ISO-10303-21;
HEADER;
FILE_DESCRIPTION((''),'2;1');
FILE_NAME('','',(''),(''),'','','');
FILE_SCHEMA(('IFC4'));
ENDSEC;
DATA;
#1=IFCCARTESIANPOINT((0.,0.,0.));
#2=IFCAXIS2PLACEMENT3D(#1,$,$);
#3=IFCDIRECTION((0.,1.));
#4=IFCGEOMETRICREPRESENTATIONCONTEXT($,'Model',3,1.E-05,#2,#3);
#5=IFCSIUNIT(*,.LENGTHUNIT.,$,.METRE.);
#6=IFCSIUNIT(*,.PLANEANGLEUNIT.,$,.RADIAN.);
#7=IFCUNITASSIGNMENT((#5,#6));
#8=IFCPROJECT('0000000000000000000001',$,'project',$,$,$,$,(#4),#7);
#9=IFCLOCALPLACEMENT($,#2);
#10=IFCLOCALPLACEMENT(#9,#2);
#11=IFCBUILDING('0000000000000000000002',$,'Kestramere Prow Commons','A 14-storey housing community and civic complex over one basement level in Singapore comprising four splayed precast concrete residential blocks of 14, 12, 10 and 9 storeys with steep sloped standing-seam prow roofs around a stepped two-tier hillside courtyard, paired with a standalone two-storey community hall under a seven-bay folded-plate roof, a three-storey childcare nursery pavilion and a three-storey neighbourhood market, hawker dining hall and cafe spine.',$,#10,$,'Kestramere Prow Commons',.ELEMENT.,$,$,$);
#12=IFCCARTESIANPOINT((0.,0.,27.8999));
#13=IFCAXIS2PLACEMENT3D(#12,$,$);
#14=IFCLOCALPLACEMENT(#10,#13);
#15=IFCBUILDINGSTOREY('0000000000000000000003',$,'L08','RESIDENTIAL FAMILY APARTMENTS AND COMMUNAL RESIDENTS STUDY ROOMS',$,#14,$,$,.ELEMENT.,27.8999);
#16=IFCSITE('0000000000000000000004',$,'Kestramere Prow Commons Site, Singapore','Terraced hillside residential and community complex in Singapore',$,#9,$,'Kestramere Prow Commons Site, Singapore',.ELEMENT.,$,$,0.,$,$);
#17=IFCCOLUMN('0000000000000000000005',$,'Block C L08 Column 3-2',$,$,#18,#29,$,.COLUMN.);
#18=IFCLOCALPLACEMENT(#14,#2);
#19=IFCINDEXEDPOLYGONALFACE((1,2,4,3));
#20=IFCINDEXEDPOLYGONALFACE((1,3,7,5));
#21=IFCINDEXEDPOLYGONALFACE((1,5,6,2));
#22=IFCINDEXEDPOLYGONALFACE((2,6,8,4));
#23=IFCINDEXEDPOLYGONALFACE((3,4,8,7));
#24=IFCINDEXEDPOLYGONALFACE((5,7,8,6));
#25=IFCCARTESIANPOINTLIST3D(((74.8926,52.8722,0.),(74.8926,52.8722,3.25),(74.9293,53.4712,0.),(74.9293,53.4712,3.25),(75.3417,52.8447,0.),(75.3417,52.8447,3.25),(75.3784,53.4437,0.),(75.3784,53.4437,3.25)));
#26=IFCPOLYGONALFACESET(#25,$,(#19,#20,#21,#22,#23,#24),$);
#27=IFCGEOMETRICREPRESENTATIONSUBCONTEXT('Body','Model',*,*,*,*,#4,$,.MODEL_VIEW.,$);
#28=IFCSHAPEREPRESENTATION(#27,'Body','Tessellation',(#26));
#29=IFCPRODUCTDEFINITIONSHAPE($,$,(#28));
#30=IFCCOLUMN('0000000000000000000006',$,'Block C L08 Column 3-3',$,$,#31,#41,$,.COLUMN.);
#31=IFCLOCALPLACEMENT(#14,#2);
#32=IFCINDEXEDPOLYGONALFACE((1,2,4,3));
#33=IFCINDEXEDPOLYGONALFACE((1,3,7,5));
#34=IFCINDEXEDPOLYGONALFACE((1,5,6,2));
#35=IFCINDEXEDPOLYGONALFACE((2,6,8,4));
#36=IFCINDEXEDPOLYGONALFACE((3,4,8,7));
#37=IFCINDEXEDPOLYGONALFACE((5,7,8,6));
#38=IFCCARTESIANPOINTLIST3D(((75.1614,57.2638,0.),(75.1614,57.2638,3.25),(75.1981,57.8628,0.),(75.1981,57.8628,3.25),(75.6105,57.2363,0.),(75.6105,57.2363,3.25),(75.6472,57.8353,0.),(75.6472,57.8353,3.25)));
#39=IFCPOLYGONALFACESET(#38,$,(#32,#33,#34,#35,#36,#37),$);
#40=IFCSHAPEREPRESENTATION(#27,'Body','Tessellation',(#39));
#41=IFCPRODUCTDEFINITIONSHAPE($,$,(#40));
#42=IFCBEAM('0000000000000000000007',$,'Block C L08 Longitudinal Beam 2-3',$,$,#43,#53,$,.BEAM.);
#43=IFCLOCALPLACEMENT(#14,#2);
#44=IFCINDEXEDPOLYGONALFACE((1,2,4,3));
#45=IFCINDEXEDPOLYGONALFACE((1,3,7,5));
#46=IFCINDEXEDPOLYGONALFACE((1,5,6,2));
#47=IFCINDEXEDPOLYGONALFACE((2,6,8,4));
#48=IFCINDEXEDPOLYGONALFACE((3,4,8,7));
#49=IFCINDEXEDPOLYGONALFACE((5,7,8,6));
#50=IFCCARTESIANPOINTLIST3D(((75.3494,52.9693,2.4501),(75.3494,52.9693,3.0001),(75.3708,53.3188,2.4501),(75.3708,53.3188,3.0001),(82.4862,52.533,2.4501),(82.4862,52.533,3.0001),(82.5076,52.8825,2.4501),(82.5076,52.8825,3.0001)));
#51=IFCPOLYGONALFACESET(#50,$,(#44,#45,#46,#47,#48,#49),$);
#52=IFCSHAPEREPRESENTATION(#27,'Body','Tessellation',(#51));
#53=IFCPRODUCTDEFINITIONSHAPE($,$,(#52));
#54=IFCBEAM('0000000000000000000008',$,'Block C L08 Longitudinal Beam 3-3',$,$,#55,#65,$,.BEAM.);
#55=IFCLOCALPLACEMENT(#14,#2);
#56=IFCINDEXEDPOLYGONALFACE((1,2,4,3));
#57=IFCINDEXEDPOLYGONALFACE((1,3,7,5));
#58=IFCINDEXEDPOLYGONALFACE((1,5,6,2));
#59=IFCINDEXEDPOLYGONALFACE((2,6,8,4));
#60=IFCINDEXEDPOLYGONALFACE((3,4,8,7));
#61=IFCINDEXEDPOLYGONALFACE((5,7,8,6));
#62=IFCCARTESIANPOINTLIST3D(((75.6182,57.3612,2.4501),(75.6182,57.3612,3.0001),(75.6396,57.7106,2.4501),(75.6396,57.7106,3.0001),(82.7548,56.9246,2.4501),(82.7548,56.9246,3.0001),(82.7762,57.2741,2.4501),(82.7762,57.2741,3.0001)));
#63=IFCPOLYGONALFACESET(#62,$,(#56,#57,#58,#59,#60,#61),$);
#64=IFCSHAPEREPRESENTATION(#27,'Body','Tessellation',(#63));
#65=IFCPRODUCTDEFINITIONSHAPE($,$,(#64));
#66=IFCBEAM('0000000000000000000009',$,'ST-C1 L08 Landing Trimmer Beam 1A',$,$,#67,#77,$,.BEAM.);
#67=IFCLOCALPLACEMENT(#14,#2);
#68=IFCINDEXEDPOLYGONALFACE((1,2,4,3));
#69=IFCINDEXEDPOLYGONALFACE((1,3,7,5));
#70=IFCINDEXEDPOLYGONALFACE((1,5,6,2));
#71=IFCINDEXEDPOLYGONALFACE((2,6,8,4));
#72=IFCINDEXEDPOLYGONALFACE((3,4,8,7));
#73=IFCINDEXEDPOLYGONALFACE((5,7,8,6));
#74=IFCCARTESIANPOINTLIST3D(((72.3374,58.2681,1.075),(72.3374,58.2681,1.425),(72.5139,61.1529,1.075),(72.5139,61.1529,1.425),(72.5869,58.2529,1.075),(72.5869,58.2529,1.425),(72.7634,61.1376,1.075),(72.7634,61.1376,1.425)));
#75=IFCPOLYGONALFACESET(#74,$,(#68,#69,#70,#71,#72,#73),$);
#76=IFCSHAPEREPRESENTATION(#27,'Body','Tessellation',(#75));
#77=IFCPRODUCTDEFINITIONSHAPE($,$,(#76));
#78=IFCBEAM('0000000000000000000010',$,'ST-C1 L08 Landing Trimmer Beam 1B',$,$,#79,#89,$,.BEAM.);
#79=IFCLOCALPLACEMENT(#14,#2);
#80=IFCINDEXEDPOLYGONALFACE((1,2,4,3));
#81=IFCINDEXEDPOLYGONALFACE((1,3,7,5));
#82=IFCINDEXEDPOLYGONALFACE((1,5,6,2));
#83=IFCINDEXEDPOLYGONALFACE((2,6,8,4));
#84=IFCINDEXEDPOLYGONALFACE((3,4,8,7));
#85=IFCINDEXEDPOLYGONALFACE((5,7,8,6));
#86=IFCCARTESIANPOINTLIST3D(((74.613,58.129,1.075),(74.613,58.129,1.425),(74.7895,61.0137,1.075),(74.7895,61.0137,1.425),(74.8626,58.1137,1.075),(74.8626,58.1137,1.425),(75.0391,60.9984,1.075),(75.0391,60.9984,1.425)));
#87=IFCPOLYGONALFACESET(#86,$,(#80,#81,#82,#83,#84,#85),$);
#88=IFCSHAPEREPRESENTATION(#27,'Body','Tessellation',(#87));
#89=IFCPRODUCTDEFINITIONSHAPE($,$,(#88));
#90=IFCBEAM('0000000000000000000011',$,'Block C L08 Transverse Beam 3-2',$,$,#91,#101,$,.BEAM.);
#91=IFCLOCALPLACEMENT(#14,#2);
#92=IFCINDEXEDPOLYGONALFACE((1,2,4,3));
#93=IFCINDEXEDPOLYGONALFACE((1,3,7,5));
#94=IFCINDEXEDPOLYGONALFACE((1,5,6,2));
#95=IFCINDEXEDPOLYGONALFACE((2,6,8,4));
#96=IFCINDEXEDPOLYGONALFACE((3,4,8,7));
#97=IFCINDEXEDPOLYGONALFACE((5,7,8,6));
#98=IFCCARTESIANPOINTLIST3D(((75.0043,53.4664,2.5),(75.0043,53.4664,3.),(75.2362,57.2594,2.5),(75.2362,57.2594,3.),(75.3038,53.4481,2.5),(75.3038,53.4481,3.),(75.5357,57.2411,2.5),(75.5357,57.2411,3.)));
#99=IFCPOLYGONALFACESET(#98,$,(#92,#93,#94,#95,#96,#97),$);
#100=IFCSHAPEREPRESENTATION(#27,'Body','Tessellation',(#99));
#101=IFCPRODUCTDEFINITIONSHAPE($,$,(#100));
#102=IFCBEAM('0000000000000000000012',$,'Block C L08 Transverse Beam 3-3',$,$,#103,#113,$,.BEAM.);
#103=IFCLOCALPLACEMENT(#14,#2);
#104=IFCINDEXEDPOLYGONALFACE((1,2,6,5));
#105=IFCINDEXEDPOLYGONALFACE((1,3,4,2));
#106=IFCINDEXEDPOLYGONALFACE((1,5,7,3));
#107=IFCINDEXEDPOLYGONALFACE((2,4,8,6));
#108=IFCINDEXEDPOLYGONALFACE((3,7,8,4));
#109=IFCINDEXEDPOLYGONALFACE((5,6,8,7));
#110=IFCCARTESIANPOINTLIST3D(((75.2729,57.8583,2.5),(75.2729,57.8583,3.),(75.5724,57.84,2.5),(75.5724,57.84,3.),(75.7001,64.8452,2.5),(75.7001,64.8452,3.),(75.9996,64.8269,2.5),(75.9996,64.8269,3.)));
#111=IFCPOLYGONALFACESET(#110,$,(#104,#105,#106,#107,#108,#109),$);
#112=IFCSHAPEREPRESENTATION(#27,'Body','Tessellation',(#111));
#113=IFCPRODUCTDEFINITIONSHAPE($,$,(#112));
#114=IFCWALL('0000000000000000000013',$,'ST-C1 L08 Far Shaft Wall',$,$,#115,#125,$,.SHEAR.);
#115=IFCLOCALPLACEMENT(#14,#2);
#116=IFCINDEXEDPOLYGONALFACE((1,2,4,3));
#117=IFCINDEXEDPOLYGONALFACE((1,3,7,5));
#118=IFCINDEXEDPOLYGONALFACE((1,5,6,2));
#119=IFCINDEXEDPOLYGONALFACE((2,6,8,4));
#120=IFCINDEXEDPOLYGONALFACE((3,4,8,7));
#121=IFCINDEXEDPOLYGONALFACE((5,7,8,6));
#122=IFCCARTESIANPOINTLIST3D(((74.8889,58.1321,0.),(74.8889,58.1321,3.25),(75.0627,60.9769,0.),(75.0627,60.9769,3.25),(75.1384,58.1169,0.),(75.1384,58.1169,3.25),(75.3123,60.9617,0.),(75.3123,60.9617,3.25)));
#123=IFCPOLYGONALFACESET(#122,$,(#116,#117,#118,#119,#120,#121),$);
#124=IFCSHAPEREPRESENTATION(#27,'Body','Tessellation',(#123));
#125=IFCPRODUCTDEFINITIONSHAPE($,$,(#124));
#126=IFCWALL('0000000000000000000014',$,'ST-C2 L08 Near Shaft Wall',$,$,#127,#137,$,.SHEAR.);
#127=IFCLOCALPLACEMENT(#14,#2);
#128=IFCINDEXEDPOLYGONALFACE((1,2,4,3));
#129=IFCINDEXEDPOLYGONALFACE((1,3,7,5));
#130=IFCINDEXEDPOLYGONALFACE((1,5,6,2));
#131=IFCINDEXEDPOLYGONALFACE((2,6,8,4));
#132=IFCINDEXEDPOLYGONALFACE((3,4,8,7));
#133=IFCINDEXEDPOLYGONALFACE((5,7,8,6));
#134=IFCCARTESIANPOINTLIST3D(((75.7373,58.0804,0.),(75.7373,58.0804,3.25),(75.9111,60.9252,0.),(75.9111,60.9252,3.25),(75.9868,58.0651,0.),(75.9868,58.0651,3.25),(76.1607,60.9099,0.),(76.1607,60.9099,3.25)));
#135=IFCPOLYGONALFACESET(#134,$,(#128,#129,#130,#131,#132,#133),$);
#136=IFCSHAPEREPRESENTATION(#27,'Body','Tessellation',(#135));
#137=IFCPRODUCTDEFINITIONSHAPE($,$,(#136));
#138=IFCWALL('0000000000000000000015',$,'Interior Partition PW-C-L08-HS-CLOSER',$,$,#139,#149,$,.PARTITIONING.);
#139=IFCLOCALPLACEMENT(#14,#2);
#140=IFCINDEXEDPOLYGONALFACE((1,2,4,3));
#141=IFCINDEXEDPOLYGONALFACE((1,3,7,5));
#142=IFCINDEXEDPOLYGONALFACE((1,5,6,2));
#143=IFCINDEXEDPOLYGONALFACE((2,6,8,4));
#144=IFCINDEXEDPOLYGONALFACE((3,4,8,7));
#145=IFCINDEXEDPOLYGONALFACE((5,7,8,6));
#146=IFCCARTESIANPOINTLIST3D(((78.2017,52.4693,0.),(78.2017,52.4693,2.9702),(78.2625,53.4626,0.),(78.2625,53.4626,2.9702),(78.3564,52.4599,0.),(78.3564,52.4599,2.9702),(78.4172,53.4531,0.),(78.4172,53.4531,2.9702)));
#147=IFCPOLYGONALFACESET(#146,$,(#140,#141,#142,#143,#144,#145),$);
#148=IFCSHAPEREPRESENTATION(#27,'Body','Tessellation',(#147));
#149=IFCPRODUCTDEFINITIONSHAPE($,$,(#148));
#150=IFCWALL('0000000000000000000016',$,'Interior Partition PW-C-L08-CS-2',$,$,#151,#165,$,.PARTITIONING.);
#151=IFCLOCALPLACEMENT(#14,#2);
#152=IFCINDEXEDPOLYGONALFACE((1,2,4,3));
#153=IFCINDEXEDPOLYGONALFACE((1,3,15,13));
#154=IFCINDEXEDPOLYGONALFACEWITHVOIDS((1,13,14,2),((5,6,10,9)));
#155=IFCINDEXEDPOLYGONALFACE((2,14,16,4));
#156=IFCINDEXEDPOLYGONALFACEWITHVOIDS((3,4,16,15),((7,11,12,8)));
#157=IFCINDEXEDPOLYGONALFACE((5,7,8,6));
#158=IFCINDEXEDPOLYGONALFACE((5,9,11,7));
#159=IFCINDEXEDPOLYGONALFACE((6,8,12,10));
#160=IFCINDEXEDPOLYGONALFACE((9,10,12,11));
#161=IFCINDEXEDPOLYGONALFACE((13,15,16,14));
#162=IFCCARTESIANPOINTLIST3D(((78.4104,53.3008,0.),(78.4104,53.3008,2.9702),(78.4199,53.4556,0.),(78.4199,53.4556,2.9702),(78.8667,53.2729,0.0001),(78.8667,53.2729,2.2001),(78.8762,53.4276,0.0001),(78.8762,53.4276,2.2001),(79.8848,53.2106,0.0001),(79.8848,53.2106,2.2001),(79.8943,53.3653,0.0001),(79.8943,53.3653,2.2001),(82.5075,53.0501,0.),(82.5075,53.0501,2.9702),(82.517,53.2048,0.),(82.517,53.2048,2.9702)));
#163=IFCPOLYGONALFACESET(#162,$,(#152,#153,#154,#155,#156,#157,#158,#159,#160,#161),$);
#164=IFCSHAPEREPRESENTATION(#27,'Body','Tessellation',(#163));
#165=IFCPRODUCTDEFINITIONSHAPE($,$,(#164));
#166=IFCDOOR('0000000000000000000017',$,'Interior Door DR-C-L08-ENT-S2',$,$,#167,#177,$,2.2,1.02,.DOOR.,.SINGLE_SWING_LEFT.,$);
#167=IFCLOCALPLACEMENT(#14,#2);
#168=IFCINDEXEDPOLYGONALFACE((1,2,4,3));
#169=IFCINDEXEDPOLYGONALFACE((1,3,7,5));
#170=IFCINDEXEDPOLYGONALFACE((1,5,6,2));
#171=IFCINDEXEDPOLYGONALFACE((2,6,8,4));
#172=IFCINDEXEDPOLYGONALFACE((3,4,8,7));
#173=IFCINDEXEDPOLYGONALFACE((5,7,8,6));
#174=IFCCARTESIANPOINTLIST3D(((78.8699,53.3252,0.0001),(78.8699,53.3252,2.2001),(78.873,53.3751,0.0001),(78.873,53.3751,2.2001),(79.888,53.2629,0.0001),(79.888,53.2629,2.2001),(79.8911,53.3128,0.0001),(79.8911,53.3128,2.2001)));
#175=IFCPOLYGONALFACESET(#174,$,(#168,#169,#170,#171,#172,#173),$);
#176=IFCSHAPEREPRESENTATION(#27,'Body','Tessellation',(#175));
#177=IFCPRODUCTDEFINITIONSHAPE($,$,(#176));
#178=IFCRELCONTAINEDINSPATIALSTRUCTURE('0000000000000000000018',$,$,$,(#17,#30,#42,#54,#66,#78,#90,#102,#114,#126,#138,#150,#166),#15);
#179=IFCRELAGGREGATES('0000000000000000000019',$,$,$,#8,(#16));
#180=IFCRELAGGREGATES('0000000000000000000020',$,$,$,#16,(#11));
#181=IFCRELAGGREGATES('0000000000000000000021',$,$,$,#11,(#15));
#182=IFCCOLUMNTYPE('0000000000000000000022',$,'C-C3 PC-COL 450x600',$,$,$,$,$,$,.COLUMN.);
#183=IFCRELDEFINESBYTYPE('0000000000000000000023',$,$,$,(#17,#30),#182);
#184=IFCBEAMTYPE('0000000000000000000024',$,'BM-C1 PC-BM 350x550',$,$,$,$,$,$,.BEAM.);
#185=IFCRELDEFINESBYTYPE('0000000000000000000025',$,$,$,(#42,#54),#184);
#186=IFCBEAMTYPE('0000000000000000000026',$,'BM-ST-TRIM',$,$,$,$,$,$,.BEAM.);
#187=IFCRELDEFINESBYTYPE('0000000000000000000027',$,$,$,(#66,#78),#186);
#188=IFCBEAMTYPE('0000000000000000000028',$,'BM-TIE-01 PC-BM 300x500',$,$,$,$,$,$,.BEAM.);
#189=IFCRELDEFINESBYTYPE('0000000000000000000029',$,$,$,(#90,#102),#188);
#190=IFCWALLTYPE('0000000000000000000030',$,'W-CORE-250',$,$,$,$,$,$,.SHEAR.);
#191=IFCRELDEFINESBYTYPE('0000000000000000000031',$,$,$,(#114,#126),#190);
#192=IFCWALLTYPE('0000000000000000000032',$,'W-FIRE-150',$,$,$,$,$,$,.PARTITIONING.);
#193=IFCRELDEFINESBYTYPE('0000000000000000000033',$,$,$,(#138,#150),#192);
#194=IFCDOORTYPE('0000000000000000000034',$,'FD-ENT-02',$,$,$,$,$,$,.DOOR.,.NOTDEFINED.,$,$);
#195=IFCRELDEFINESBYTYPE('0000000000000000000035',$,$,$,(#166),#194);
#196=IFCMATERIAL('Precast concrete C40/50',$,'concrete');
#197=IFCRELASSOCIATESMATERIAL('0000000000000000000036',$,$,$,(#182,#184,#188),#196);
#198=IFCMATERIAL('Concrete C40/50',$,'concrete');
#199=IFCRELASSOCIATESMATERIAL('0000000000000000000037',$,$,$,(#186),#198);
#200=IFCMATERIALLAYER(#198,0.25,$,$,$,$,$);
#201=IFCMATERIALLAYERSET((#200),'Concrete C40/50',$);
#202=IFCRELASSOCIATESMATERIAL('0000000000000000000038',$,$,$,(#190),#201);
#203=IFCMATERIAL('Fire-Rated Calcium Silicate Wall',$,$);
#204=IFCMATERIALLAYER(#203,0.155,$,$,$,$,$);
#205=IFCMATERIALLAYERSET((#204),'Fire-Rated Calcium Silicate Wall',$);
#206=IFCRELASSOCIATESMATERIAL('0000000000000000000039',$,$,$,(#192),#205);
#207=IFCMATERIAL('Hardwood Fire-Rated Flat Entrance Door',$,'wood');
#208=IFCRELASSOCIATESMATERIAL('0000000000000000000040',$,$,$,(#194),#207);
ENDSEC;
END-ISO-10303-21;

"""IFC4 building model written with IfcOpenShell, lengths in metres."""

from ifc_helpers import new_model, si_unit, direction, frame, frame_2d, origin, origin_2d, place, context, subcontext, project, spatial, rectangle, extrude, material, layer, layer_set, material_profile, profile_set, type_object, element, fill, save


model = new_model("IFC4")

# Units and contexts
model_context = context("Model", 3, precision=1e-05, world=origin(), true_north=direction((0.0, 1.0)))
body_context = subcontext(model_context, "Body", "Model", "MODEL_VIEW")
ifc_project = project(units=[si_unit("LENGTHUNIT", "METRE"), si_unit("PLANEANGLEUNIT", "RADIAN")], contexts=[model_context])

# Site, building, storey
site_placement = place(None, origin())
site = spatial("IfcSite", under=ifc_project, at=site_placement, Name="Kestramere Prow Commons Site, Singapore", Description="Terraced hillside residential and community complex in Singapore", LongName="Kestramere Prow Commons Site, Singapore", CompositionType="ELEMENT", RefElevation=0.0)
building_placement = place(site_placement, origin())
building = spatial("IfcBuilding", under=site, at=building_placement, Name="Kestramere Prow Commons", Description="A 14-storey housing community and civic complex over one basement level in Singapore comprising four splayed precast concrete residential blocks of 14, 12, 10 and 9 storeys with steep sloped standing-seam prow roofs around a stepped two-tier hillside courtyard, paired with a standalone two-storey community hall under a seven-bay folded-plate roof, a three-storey childcare nursery pavilion and a three-storey neighbourhood market, hawker dining hall and cafe spine.", LongName="Kestramere Prow Commons", CompositionType="ELEMENT")
storey_placement = place(building_placement, frame((0.0, 0.0, 27.8999)))
storey = spatial("IfcBuildingStorey", under=building, at=storey_placement, Name="L08", Description="RESIDENTIAL FAMILY APARTMENTS AND COMMUNAL RESIDENTS STUDY ROOMS", CompositionType="ELEMENT", Elevation=27.8999)

# Columns
ifc_material_1 = material(Name="Precast concrete C40/50", Category="concrete")
ifc_material_profile_1 = material_profile(ifc_material_1, rectangle(XDim=0.45, YDim=0.6001, at=origin_2d()), Name="PC-COL 450x600")
ifc_profile_set_1 = profile_set([ifc_material_profile_1], Name="Precast concrete C40/50")
column_type = type_object("IfcColumnType", Name="C-C3 PC-COL 450x600", PredefinedType="COLUMN", material=ifc_profile_set_1)
for number, where, z_axis, x_axis, name in (
    (1, (75.1355, 53.158, 0.0), (0.0, 0.0, 1.0), (0.998135, -0.061049, 0.0), "Block C L08 Column 3-2"),
    (2, (75.4043, 57.5496, 0.0), (0.0, 0.0, 1.0), (0.998135, -0.061049, 0.0), "Block C L08 Column 3-3"),
):
    element("IfcColumn", number, at=place(storey_placement, frame(where, z_axis=z_axis, x_axis=x_axis)), inside=storey, type_object=column_type, Name=name, PredefinedType="COLUMN", context=body_context, shape_type="SweptSolid", body=[
        extrude(rectangle(XDim=0.45, YDim=0.6001, at=origin_2d()), origin(), (0.0, 0.0, 1.0), 3.25),
    ])

# Beams
ifc_material_profile_2 = material_profile(ifc_material_1, rectangle(XDim=0.3501, YDim=0.55, at=origin_2d()), Name="PC-BM 350x550")
ifc_profile_set_2 = profile_set([ifc_material_profile_2], Name="Precast concrete C40/50")
beam_type_1 = type_object("IfcBeamType", Name="BM-C1 PC-BM 350x550", PredefinedType="BEAM", material=ifc_profile_set_2)
beam_1_placement = place(storey_placement, frame((75.3601, 53.144, 2.7251), z_axis=(0.998137, -0.061018, 0.0), x_axis=(0.061018, 0.998137, 0.0)))
element("IfcBeam", 3, at=beam_1_placement, inside=storey, type_object=beam_type_1, Name="Block C L08 Longitudinal Beam 2-3", PredefinedType="BEAM", context=body_context, shape_type="SweptSolid", body=[
    extrude(rectangle(XDim=0.3501, YDim=0.55, at=origin_2d()), origin(), (0.0, 0.0, 1.0), 7.1501),
])
beam_2_placement = place(storey_placement, frame((75.6289, 57.5359, 2.7251), z_axis=(0.998134, -0.061054, 0.0), x_axis=(0.061054, 0.998134, 0.0)))
element("IfcBeam", 4, at=beam_2_placement, inside=storey, type_object=beam_type_1, Name="Block C L08 Longitudinal Beam 3-3", PredefinedType="BEAM", context=body_context, shape_type="SweptSolid", body=[
    extrude(rectangle(XDim=0.3501, YDim=0.55, at=origin_2d()), origin(), (0.0, 0.0, 1.0), 7.1499),
])
ifc_material_2 = material(Name="Concrete C40/50", Category="concrete")
ifc_material_profile_3 = material_profile(ifc_material_2, rectangle(XDim=0.25, YDim=0.3501, at=origin_2d()), Name="PC-BM 250x350")
ifc_profile_set_3 = profile_set([ifc_material_profile_3], Name="Concrete C40/50")
beam_type_2 = type_object("IfcBeamType", Name="BM-ST-TRIM", PredefinedType="BEAM", material=ifc_profile_set_3)
for number, where, z_axis, x_axis, name in (
    (5, (72.4622, 58.2605, 1.25), (0.061074, 0.998133, 0.0), (-0.998133, 0.061074, 0.0), "ST-C1 L08 Landing Trimmer Beam 1A"),
    (6, (74.7378, 58.1213, 1.25), (0.061074, 0.998133, 0.0), (-0.998133, 0.061074, 0.0), "ST-C1 L08 Landing Trimmer Beam 1B"),
):
    element("IfcBeam", number, at=place(storey_placement, frame(where, z_axis=z_axis, x_axis=x_axis)), inside=storey, type_object=beam_type_2, Name=name, PredefinedType="BEAM", context=body_context, shape_type="SweptSolid", body=[
        extrude(rectangle(XDim=0.25, YDim=0.3501, at=origin_2d()), origin(), (0.0, 0.0, 1.0), 2.8901),
    ])
ifc_material_profile_4 = material_profile(ifc_material_1, rectangle(XDim=0.3, YDim=0.5, at=origin_2d()), Name="PC-BM 300x500")
ifc_profile_set_4 = profile_set([ifc_material_profile_4], Name="Precast concrete C40/50")
beam_type_3 = type_object("IfcBeamType", Name="BM-TIE-01 PC-BM 300x500", PredefinedType="BEAM", material=ifc_profile_set_4)
beam_3_placement = place(storey_placement, frame((75.1541, 53.4573, 2.75), z_axis=(0.061034, 0.998136, 0.0), x_axis=(-0.998136, 0.061034, 0.0)))
element("IfcBeam", 7, at=beam_3_placement, inside=storey, type_object=beam_type_3, Name="Block C L08 Transverse Beam 3-2", PredefinedType="BEAM", context=body_context, shape_type="SweptSolid", body=[
    extrude(rectangle(XDim=0.3, YDim=0.5, at=origin_2d()), origin(), (0.0, 0.0, 1.0), 3.8),
])
beam_4_placement = place(storey_placement, frame((75.4226, 57.8491, 2.75), z_axis=(0.061034, 0.998136, 0.0), x_axis=(-0.998136, 0.061034, 0.0)))
element("IfcBeam", 8, at=beam_4_placement, inside=storey, type_object=beam_type_3, Name="Block C L08 Transverse Beam 3-3", PredefinedType="BEAM", context=body_context, shape_type="SweptSolid", body=[
    extrude(rectangle(XDim=0.3, YDim=0.5, at=origin_2d()), origin(), (0.0, 0.0, 1.0), 7.0),
])

# Wall
ifc_layer_1 = layer(ifc_material_2, 0.25)
ifc_layer_set_1 = layer_set([ifc_layer_1], Name="Concrete C40/50")
wall_type_1 = type_object("IfcWallType", Name="W-CORE-250", PredefinedType="SHEAR", material=ifc_layer_set_1)
wall_1_placement = place(storey_placement, frame((75.0137, 58.1245, 0.0), z_axis=(0.0, 0.0, 1.0), x_axis=(0.060992, 0.998138, 0.0)))
element("IfcWall", 9, at=wall_1_placement, inside=storey, type_object=wall_type_1, Name="ST-C1 L08 Far Shaft Wall", PredefinedType="SHEAR", context=body_context, shape_type="SweptSolid", body=[
    extrude(rectangle(XDim=2.8501, YDim=0.25, at=frame_2d((1.425, 0.0))), origin(), (0.0, 0.0, 1.0), 3.25),
])

# Walls
wall_2_placement = place(storey_placement, frame((75.8621, 58.0728, 0.0), z_axis=(0.0, 0.0, 1.0), x_axis=(0.060992, 0.998138, 0.0)))
element("IfcWall", 10, at=wall_2_placement, inside=storey, type_object=wall_type_1, Name="ST-C2 L08 Near Shaft Wall", PredefinedType="SHEAR", context=body_context, shape_type="SweptSolid", body=[
    extrude(rectangle(XDim=2.8501, YDim=0.25, at=frame_2d((1.425, 0.0))), origin(), (0.0, 0.0, 1.0), 3.25),
])
ifc_material_3 = material(Name="Fire-Rated Calcium Silicate Wall")
ifc_layer_2 = layer(ifc_material_3, 0.155)
ifc_layer_set_2 = layer_set([ifc_layer_2], Name="Fire-Rated Calcium Silicate Wall")
wall_type_2 = type_object("IfcWallType", Name="W-FIRE-150", PredefinedType="PARTITIONING", material=ifc_layer_set_2)
wall_3_placement = place(storey_placement, frame((78.2791, 52.4646, 0.0), z_axis=(0.0, 0.0, 1.0), x_axis=(0.061095, 0.998132, 0.0)))
element("IfcWall", 11, at=wall_3_placement, inside=storey, type_object=wall_type_2, Name="Interior Partition PW-C-L08-HS-CLOSER", PredefinedType="PARTITIONING", context=body_context, shape_type="SweptSolid", body=[
    extrude(rectangle(XDim=0.9951, YDim=0.155, at=frame_2d((0.4976, 0.0))), origin(), (0.0, 0.0, 1.0), 2.9702),
])

# Wall, opening, door
wall_4_placement = place(storey_placement, frame((78.4153, 53.3782, 0.0), z_axis=(0.0, 0.0, 1.0), x_axis=(0.998133, -0.061082, 0.0)))
wall_4 = element("IfcWall", 12, at=wall_4_placement, inside=storey, type_object=wall_type_2, Name="Interior Partition PW-C-L08-CS-2", PredefinedType="PARTITIONING", context=body_context, shape_type="SweptSolid", body=[
    extrude(rectangle(XDim=4.1047, YDim=0.155, at=frame_2d((2.0522, 0.0))), origin(), (0.0, 0.0, 1.0), 2.9702),
])
opening_1_placement = place(wall_4_placement, frame((0.457, 0.0, 0.0)))
opening_1 = element("IfcOpeningElement", 13, at=opening_1_placement, cuts=wall_4, PredefinedType="OPENING", context=body_context, shape_type="SweptSolid", body=[
    extrude(rectangle(XDim=1.02, YDim=2.2, at=frame_2d((0.51, 1.1001))), frame((0.0, 0.0925, 0.0), z_axis=(0.0, -1.0, 0.0), x_axis=(1.0, 0.0, 0.0)), (0.0, 0.0, 1.0), 0.1851),
])
ifc_material_4 = material(Name="Hardwood Fire-Rated Flat Entrance Door", Category="wood")
door_type_1 = type_object("IfcDoorType", Name="FD-ENT-02", OperationType="NOTDEFINED", PredefinedType="DOOR", material=ifc_material_4)
door_1_placement = place(opening_1_placement, origin())
door_1 = element("IfcDoor", 14, at=door_1_placement, inside=storey, type_object=door_type_1, Name="Interior Door DR-C-L08-ENT-S2", OperationType="SINGLE_SWING_LEFT", OverallHeight=2.2, OverallWidth=1.02, PredefinedType="DOOR", context=body_context, shape_type="SweptSolid", body=[
    extrude(rectangle(XDim=1.02, YDim=2.2, at=frame_2d((0.51, 1.1001))), frame((0.0, 0.0249, 0.0), z_axis=(0.0, -1.0, 0.0), x_axis=(1.0, 0.0, 0.0)), (0.0, 0.0, 1.0), 0.05),
])
fill(opening_1, door_1)

save(model, "model.ifc")
